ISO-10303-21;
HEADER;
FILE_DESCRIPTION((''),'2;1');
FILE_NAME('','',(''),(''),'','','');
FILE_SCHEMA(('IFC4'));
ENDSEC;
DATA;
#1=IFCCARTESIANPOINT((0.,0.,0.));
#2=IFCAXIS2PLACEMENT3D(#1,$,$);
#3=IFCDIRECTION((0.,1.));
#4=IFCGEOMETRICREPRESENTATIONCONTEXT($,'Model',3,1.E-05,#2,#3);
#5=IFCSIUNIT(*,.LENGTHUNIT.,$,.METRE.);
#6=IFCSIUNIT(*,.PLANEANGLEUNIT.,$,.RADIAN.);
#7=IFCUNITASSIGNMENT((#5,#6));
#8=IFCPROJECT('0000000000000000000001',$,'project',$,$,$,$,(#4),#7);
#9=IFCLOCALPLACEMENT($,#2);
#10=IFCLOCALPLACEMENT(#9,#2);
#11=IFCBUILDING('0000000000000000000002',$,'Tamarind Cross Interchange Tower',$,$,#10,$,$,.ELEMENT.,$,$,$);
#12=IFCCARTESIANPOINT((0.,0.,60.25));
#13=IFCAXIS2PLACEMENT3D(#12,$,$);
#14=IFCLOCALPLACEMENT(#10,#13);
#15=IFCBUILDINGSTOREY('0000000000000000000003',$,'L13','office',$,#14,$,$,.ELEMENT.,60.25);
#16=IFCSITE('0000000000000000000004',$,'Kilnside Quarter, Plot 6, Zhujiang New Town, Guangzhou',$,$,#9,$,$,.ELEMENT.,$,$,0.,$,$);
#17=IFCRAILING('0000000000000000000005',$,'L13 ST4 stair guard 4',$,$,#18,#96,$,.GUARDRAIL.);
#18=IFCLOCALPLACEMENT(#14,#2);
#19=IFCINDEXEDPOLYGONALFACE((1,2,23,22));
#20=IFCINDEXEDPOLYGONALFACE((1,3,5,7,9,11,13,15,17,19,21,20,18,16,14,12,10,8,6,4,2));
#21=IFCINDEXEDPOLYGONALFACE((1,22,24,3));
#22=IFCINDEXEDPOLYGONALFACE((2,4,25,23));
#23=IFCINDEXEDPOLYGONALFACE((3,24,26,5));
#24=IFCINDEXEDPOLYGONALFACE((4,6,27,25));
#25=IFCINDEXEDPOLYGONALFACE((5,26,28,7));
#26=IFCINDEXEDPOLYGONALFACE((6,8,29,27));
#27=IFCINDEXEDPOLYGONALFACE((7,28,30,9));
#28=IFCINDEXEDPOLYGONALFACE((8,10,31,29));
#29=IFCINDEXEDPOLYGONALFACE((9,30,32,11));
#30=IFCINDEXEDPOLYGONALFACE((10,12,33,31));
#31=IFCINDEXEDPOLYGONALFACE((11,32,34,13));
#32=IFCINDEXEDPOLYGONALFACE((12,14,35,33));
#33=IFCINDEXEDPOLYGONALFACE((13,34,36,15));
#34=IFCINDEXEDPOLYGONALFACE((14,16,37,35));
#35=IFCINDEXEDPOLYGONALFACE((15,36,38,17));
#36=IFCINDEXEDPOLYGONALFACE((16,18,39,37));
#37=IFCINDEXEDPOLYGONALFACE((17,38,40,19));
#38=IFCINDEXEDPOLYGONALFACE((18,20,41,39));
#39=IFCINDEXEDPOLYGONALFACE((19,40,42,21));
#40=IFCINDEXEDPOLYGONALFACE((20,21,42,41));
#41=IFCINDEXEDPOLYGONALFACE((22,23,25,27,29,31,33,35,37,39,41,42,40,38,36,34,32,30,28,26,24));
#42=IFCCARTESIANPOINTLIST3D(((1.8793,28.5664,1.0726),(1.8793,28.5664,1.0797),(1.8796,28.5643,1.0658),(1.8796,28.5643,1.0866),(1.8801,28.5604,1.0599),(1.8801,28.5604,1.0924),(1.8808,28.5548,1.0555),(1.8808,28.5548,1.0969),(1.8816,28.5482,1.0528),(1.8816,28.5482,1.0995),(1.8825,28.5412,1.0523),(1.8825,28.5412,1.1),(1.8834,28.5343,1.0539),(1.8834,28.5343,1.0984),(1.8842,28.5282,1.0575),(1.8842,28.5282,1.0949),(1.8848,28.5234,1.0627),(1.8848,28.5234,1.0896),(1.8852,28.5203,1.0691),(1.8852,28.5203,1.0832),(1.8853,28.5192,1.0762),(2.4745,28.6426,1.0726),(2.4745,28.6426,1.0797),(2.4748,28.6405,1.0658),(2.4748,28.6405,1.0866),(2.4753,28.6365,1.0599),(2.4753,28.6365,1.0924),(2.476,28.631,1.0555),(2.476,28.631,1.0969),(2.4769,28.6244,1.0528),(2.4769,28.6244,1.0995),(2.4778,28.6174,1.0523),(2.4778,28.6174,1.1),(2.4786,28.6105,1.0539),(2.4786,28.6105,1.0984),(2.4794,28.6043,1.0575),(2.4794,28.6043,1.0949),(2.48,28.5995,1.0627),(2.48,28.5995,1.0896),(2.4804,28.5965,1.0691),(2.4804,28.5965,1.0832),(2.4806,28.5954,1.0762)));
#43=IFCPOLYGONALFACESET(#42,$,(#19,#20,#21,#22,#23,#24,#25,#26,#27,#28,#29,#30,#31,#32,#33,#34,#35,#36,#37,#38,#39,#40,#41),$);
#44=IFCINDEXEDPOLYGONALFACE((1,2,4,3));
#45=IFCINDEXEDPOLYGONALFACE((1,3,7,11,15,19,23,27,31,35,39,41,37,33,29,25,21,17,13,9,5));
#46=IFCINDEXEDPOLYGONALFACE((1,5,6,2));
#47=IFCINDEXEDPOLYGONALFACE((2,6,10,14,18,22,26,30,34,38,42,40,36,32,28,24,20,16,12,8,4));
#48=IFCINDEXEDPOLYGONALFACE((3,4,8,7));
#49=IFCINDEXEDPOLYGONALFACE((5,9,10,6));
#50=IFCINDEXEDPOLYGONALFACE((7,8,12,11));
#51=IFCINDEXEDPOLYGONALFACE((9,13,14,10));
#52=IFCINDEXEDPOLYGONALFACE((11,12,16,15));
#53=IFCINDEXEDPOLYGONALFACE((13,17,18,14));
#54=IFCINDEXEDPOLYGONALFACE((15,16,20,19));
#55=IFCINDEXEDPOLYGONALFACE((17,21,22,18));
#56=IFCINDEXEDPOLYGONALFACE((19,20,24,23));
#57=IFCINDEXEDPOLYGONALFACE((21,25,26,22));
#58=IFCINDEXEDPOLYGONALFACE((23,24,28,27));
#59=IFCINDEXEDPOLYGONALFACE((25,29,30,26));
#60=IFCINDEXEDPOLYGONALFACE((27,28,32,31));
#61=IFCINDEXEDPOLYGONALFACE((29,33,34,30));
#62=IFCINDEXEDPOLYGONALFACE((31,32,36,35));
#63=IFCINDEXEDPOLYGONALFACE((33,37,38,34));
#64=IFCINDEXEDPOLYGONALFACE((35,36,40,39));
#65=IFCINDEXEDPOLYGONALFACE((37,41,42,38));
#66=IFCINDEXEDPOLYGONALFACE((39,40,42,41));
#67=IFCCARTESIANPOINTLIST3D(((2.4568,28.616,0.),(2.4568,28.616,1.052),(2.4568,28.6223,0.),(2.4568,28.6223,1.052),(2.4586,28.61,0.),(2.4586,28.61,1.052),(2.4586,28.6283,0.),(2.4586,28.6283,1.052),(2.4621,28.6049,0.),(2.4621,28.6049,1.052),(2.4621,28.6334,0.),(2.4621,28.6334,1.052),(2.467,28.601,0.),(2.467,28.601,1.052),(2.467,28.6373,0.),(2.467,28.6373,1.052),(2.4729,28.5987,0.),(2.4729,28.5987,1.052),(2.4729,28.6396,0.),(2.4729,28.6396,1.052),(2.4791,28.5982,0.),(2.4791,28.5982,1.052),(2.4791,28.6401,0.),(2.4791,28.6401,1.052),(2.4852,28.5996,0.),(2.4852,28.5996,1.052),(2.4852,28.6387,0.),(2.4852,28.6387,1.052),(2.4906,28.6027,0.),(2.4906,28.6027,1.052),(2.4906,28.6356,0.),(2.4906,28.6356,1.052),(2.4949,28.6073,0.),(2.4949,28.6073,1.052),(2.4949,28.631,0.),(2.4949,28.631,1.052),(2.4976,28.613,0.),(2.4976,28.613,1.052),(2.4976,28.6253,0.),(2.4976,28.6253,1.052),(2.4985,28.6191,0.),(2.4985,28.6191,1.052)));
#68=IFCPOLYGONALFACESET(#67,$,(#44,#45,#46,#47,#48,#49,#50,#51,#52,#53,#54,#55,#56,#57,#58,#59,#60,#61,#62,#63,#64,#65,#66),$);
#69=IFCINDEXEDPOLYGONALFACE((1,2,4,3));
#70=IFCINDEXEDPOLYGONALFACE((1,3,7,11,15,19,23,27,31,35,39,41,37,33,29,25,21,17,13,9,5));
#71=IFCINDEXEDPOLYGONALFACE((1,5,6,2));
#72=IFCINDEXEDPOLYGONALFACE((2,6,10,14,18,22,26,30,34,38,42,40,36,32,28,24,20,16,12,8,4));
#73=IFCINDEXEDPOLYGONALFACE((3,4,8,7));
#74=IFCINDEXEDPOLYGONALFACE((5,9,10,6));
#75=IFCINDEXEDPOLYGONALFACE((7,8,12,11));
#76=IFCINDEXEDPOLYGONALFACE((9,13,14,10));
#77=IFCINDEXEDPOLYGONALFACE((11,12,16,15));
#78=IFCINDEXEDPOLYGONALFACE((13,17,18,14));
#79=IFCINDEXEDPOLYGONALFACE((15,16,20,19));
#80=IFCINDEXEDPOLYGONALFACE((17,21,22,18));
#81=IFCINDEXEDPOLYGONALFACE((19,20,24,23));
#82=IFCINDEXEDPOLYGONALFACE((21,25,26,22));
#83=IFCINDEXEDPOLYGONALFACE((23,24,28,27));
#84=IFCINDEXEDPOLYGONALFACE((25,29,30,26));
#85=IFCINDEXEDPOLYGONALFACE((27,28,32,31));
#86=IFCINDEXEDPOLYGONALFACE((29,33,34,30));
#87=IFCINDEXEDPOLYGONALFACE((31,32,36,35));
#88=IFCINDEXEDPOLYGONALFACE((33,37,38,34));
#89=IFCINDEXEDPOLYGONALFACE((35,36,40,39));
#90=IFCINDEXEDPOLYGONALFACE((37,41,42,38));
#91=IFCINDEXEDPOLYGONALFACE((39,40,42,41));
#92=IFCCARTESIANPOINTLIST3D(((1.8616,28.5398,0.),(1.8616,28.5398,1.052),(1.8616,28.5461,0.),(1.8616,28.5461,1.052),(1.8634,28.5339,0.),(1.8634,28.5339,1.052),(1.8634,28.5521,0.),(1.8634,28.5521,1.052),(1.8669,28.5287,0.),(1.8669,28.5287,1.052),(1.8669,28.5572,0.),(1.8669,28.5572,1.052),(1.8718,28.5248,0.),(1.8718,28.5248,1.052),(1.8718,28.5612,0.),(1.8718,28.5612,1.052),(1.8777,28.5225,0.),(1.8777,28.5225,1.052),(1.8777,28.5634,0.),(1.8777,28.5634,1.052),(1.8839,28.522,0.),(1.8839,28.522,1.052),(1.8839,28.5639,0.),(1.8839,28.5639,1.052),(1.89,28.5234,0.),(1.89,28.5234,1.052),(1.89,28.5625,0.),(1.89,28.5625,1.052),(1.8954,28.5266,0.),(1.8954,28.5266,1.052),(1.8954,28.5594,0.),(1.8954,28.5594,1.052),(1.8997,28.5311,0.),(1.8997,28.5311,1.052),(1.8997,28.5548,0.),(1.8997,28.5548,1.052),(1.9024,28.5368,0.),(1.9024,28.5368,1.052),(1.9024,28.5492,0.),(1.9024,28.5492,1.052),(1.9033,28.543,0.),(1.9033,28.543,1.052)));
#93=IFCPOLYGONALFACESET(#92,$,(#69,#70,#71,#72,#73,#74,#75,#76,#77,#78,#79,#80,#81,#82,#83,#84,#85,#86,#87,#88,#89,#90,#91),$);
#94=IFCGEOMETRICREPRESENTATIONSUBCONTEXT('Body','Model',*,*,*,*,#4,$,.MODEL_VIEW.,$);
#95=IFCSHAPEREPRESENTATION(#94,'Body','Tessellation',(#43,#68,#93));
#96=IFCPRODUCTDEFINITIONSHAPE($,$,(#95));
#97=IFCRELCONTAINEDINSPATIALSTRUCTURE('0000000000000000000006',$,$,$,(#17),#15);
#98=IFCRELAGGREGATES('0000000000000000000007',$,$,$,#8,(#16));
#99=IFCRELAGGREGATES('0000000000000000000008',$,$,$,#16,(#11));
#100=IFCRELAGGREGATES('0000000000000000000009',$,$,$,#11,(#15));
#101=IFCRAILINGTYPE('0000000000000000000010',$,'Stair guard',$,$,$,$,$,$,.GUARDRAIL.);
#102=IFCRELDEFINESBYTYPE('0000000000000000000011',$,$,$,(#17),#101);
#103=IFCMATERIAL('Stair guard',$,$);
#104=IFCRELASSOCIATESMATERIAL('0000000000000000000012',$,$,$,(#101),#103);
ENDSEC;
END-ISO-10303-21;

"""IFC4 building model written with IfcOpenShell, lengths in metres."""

from ifc_helpers import new_model, si_unit, direction, frame, origin, origin_2d, place, context, subcontext, project, spatial, circle, extrude, material, type_object, element, save


model = new_model("IFC4")

# Units and contexts
model_context = context("Model", 3, precision=1e-05, world=origin(), true_north=direction((0.0, 1.0)))
body_context = subcontext(model_context, "Body", "Model", "MODEL_VIEW")
ifc_project = project(units=[si_unit("LENGTHUNIT", "METRE"), si_unit("PLANEANGLEUNIT", "RADIAN")], contexts=[model_context])

# Site, building, storey
site_placement = place(None, origin())
site = spatial("IfcSite", under=ifc_project, at=site_placement, Name="Kilnside Quarter, Plot 6, Zhujiang New Town, Guangzhou", CompositionType="ELEMENT", RefElevation=0.0)
building_placement = place(site_placement, origin())
building = spatial("IfcBuilding", under=site, at=building_placement, Name="Tamarind Cross Interchange Tower", CompositionType="ELEMENT")
storey_placement = place(building_placement, frame((0.0, 0.0, 60.25)))
storey = spatial("IfcBuildingStorey", under=building, at=storey_placement, Name="L13", Description="office", CompositionType="ELEMENT", Elevation=60.25)

# Railing
ifc_material_1 = material(Name="Stair guard")
railing_type_1 = type_object("IfcRailingType", Name="Stair guard", PredefinedType="GUARDRAIL", material=ifc_material_1)
railing_1_placement = place(storey_placement, frame((2.4775, 28.6191, 0.0)))
element("IfcRailing", 1, at=railing_1_placement, inside=storey, type_object=railing_type_1, Name="L13 ST4 stair guard 4", PredefinedType="GUARDRAIL", context=body_context, shape_type="SweptSolid", body=[
    extrude(circle(Radius=0.0239, at=origin_2d()), frame((0.0, 0.0, 1.0762), z_axis=(-0.991911, -0.126939, 0.0), x_axis=(0.126939, -0.991911, 0.0)), (0.0, 0.0, 1.0), 0.6001),
    extrude(circle(Radius=0.021, at=origin_2d()), origin(), (0.0, 0.0, 1.0), 1.052),
    extrude(circle(Radius=0.021, at=origin_2d()), frame((-0.5952, -0.0762, 0.0)), (0.0, 0.0, 1.0), 1.052),
])

save(model, "model.ifc")
